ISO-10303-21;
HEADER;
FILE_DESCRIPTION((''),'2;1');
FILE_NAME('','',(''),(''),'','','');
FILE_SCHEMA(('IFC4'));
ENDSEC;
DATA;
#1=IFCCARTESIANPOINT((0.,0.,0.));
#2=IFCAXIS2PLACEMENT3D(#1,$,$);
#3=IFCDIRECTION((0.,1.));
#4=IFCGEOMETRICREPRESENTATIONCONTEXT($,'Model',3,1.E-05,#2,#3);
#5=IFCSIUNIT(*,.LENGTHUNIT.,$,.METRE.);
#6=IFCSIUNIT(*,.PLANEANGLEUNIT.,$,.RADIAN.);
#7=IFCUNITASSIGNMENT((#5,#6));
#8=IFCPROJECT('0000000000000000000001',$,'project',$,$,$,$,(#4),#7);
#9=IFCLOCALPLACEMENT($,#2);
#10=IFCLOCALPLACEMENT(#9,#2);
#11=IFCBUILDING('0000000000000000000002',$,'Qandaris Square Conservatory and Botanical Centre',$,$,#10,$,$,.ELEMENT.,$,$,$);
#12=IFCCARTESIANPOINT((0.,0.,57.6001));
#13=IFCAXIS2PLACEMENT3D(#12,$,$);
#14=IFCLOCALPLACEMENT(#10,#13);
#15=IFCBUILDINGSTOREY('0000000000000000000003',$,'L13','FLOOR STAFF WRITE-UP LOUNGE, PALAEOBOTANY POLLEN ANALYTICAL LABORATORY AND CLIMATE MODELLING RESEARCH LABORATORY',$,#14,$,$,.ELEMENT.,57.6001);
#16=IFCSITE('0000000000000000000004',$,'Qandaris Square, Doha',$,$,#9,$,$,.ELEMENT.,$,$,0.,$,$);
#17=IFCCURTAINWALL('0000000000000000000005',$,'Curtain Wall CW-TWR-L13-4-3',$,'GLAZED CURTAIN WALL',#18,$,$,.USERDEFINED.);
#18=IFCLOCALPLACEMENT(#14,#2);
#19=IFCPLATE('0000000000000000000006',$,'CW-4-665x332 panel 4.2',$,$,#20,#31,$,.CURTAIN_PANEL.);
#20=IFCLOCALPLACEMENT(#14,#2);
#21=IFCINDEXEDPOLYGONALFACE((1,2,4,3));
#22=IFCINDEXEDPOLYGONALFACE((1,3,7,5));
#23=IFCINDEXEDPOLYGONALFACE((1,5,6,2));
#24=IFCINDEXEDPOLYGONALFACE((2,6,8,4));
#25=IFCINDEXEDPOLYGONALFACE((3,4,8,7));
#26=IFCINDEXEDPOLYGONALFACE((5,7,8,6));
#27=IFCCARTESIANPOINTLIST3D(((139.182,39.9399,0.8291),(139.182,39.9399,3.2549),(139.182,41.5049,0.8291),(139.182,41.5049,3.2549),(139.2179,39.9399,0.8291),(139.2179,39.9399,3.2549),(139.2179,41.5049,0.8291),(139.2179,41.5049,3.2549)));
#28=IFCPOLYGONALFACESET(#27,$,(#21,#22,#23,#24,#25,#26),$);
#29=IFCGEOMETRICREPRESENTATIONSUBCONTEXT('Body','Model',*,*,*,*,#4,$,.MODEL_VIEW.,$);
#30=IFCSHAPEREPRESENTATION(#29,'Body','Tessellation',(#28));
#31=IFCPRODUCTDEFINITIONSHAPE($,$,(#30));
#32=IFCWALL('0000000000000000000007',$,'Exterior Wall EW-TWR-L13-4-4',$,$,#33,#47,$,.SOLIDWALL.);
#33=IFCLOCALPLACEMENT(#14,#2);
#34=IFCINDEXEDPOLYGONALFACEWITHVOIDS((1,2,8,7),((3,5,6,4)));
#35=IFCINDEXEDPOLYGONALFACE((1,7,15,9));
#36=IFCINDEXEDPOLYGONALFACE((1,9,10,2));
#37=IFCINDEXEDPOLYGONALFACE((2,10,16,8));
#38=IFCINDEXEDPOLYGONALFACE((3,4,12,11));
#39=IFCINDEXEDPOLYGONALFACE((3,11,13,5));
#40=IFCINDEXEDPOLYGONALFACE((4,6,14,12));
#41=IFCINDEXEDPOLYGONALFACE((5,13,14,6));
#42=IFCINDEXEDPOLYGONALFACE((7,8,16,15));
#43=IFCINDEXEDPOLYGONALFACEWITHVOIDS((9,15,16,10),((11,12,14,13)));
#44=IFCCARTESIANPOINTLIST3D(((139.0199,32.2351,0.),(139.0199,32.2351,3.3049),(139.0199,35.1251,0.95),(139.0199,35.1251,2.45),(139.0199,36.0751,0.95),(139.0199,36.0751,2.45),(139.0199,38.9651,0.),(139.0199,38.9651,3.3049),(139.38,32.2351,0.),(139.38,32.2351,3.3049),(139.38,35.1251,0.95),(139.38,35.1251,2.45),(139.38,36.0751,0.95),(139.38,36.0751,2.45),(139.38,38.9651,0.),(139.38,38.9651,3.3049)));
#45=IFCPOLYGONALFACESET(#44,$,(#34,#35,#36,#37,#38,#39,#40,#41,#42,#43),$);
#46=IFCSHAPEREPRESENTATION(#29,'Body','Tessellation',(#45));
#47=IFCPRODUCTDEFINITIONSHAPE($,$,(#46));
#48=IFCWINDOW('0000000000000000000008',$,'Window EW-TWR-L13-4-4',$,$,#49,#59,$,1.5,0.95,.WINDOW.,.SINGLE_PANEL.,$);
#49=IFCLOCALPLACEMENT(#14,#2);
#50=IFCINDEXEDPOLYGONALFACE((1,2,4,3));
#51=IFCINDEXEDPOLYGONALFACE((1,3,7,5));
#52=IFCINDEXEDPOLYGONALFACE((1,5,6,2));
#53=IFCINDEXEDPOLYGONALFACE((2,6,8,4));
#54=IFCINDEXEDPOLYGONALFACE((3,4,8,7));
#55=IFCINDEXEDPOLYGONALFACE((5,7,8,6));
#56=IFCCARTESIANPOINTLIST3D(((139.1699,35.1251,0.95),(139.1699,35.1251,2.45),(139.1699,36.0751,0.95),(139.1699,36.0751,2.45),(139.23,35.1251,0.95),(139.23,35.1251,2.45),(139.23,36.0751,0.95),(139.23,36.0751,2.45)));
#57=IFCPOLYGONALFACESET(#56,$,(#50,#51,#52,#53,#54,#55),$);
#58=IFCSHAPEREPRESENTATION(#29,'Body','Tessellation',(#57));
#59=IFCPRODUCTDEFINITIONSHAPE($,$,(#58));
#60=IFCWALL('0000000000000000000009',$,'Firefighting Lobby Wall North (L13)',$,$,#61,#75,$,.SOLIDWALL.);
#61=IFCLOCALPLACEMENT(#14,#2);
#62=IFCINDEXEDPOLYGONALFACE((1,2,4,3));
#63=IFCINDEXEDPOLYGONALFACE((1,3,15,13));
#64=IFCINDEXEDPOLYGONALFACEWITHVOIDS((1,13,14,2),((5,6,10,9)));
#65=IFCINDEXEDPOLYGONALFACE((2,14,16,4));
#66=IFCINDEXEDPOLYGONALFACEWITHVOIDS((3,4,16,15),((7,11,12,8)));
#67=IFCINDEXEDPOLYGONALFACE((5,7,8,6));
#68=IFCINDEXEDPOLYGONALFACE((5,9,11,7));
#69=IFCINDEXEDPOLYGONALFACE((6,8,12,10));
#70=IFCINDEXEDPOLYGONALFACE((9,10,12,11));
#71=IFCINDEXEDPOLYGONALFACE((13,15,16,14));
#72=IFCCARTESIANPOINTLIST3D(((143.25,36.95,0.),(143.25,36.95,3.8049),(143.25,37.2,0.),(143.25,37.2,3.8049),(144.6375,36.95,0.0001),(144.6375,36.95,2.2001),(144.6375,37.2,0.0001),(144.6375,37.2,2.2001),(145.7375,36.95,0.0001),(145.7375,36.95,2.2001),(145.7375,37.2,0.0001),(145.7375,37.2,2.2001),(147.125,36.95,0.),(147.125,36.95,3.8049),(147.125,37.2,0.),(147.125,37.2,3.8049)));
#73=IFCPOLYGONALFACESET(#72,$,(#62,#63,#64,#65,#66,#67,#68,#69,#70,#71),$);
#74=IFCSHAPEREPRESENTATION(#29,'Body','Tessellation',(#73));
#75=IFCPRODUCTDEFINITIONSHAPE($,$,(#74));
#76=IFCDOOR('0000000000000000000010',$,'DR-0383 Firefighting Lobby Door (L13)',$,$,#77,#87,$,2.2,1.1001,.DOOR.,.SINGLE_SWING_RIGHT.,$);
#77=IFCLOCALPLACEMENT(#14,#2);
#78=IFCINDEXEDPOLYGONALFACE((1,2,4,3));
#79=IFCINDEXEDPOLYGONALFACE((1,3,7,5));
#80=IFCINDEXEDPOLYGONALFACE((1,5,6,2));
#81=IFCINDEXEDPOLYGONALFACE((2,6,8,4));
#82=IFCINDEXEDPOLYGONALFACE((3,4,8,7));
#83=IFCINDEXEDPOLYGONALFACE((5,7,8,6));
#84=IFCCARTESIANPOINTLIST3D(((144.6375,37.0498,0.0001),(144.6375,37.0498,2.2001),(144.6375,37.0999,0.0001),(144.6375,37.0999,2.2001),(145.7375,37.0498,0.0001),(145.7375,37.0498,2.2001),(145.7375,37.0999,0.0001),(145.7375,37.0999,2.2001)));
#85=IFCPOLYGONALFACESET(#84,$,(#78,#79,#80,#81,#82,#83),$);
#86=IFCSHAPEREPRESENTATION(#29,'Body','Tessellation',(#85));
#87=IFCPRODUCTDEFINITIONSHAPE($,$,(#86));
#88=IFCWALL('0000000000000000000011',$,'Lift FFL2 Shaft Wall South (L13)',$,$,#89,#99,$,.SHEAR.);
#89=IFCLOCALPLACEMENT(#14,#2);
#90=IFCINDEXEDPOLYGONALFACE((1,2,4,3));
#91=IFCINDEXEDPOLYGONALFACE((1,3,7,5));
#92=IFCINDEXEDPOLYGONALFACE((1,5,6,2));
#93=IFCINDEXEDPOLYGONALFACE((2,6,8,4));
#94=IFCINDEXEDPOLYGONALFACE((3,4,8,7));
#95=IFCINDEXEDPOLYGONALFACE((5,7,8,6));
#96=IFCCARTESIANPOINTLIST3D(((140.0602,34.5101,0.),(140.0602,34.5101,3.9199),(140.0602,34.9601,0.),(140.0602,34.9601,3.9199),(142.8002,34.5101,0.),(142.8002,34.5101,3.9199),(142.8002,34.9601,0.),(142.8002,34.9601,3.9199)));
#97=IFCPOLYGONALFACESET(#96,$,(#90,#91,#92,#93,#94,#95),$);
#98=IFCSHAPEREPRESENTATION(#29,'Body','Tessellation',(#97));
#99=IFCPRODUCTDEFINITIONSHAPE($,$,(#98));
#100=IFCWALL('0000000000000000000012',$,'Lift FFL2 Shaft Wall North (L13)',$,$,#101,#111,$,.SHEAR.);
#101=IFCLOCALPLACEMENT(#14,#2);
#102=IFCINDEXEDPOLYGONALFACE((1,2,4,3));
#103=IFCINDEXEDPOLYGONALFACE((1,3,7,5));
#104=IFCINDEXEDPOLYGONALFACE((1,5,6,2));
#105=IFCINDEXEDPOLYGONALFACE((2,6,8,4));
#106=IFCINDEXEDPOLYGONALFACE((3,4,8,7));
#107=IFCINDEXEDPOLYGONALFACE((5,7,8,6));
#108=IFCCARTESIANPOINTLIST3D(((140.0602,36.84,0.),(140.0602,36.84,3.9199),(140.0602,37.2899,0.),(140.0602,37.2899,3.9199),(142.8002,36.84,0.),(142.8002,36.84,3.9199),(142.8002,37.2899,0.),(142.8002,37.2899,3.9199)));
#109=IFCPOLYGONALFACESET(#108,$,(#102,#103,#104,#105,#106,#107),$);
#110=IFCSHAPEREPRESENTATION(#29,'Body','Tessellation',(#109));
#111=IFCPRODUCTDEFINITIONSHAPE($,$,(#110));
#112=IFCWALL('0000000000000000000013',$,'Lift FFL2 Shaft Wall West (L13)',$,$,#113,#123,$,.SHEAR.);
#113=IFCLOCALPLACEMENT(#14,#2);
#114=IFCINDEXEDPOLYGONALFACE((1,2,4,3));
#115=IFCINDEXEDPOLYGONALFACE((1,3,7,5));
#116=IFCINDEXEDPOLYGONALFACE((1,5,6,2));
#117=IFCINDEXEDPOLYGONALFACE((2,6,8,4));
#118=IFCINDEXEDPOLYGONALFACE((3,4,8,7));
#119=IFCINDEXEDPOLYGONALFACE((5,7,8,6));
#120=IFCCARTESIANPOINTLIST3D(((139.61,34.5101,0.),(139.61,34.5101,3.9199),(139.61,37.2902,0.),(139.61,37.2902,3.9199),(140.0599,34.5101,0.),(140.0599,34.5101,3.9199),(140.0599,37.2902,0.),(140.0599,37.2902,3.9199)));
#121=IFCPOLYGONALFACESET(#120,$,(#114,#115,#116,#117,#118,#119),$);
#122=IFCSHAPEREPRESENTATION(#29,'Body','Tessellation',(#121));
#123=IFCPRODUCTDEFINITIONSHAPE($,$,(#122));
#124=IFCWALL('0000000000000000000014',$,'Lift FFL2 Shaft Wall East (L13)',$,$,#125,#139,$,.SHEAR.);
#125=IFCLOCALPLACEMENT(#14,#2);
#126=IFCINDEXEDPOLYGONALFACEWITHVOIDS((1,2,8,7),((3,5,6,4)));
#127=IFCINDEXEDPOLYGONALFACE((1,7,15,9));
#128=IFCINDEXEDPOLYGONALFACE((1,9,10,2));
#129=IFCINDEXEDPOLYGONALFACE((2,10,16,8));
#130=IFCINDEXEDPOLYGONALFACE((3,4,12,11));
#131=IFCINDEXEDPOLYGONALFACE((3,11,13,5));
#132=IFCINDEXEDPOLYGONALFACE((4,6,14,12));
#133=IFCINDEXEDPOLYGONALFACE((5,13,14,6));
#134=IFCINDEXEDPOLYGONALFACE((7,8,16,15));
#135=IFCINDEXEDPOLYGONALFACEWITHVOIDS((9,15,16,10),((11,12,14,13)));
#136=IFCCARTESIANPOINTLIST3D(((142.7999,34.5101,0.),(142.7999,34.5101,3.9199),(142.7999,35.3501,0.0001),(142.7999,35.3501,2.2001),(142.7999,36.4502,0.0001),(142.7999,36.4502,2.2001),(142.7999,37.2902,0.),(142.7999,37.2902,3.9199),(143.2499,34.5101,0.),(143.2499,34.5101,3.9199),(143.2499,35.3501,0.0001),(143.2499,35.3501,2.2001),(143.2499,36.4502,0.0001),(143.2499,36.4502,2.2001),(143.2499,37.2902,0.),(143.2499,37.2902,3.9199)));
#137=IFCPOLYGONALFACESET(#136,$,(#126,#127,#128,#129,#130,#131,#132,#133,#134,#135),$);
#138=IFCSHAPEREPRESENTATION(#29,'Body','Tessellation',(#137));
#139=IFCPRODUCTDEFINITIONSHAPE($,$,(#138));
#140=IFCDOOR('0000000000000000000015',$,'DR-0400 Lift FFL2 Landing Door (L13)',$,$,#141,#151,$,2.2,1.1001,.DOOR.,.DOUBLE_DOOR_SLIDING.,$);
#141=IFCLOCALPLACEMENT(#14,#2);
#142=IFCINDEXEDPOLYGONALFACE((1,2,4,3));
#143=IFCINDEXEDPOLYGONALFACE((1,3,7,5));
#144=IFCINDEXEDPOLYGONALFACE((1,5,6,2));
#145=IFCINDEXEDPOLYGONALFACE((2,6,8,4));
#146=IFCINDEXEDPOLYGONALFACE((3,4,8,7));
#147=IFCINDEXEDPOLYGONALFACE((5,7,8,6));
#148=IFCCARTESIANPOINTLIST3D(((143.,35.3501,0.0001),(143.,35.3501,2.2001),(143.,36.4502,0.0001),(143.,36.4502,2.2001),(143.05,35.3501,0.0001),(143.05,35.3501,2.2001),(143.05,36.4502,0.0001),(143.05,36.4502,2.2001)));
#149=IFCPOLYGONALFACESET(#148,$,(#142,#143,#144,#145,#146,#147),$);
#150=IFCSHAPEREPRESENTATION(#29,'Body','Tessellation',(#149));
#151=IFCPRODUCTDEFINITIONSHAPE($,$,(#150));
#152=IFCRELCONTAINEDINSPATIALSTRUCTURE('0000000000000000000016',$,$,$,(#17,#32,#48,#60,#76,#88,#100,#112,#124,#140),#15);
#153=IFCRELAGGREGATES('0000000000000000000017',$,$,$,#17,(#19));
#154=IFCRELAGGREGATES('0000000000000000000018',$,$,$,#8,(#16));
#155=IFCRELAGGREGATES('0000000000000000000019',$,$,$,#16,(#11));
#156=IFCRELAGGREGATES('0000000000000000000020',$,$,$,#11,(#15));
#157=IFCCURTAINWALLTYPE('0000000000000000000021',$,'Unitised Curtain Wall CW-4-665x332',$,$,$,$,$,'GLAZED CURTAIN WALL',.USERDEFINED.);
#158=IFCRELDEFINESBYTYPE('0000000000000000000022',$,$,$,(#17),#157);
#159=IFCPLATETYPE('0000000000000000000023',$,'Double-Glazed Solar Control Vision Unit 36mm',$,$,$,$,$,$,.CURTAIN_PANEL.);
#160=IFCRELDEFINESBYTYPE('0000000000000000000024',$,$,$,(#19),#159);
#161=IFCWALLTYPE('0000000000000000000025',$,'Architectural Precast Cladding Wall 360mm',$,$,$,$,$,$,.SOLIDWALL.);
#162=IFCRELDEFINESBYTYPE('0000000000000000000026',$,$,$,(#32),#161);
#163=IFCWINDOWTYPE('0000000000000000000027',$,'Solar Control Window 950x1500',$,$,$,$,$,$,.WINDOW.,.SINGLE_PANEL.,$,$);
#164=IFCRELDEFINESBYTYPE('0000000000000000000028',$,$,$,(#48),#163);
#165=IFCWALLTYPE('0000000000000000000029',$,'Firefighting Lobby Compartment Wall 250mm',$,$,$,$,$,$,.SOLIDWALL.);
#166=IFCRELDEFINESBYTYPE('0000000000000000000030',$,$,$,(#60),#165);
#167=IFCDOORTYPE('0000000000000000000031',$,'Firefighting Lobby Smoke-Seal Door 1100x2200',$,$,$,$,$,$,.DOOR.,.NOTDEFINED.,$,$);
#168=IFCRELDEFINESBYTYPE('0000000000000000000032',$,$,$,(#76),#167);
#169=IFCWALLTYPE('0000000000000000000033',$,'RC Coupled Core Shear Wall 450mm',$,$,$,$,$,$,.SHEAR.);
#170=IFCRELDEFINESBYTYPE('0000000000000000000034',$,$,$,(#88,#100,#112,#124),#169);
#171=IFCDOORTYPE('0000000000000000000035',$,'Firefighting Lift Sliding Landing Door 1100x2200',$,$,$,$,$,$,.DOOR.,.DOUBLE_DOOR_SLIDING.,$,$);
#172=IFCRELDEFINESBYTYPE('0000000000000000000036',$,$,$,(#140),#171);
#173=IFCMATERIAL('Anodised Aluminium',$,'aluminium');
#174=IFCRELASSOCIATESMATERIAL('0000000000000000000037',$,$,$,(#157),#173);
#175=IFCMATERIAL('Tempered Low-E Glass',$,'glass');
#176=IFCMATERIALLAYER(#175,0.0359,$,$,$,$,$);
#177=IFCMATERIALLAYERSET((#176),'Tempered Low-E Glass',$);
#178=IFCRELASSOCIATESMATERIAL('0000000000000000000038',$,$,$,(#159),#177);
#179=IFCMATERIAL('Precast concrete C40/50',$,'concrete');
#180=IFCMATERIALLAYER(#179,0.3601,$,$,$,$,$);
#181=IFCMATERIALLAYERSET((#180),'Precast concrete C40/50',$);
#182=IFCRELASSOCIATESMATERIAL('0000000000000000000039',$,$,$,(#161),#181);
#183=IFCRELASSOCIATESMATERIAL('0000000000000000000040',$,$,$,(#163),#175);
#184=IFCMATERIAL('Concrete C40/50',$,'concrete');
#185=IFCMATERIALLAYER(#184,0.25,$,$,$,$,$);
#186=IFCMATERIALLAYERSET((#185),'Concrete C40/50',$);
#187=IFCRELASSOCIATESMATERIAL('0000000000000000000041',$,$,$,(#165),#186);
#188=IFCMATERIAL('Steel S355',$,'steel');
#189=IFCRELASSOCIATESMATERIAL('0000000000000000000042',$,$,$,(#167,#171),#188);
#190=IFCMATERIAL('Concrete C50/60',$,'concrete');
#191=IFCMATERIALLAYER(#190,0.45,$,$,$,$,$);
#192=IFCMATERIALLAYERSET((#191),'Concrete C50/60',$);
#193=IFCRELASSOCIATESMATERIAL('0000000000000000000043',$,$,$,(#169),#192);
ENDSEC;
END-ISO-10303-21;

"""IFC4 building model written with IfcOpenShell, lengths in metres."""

from ifc_helpers import new_model, si_unit, direction, frame, frame_2d, origin, origin_2d, place, context, subcontext, project, spatial, rectangle, extrude, material, layer, layer_set, type_object, element, fill, aggregate, save


model = new_model("IFC4")

# Units and contexts
model_context = context("Model", 3, precision=1e-05, world=origin(), true_north=direction((0.0, 1.0)))
body_context = subcontext(model_context, "Body", "Model", "MODEL_VIEW")
ifc_project = project(units=[si_unit("LENGTHUNIT", "METRE"), si_unit("PLANEANGLEUNIT", "RADIAN")], contexts=[model_context])

# Site, building, storey
site_placement = place(None, origin())
site = spatial("IfcSite", under=ifc_project, at=site_placement, Name="Qandaris Square, Doha", CompositionType="ELEMENT", RefElevation=0.0)
building_placement = place(site_placement, origin())
building = spatial("IfcBuilding", under=site, at=building_placement, Name="Qandaris Square Conservatory and Botanical Centre", CompositionType="ELEMENT")
storey_placement = place(building_placement, frame((0.0, 0.0, 57.6001)))
storey = spatial("IfcBuildingStorey", under=building, at=storey_placement, Name="L13", Description="FLOOR STAFF WRITE-UP LOUNGE, PALAEOBOTANY POLLEN ANALYTICAL LABORATORY AND CLIMATE MODELLING RESEARCH LABORATORY", CompositionType="ELEMENT", Elevation=57.6001)

# Shared definitions
ifc_material_1 = material(Name="Steel S355", Category="steel")

# Curtain wall
ifc_material_2 = material(Name="Anodised Aluminium", Category="aluminium")
curtain_wall_type = type_object("IfcCurtainWallType", Name="Unitised Curtain Wall CW-4-665x332", ElementType="GLAZED CURTAIN WALL", PredefinedType="USERDEFINED", material=ifc_material_2)
curtain_wall_placement = place(storey_placement, origin())
curtain_wall = element("IfcCurtainWall", 1, at=curtain_wall_placement, inside=storey, type_object=curtain_wall_type, Name="Curtain Wall CW-TWR-L13-4-3", ObjectType="GLAZED CURTAIN WALL", PredefinedType="USERDEFINED")

# Shared definitions
ifc_material_3 = material(Name="Concrete C50/60", Category="concrete")

# Plate
ifc_material_4 = material(Name="Tempered Low-E Glass", Category="glass")
ifc_layer_1 = layer(ifc_material_4, 0.0359)
ifc_layer_set_1 = layer_set([ifc_layer_1], Name="Tempered Low-E Glass")
plate_type = type_object("IfcPlateType", Name="Double-Glazed Solar Control Vision Unit 36mm", PredefinedType="CURTAIN_PANEL", material=ifc_layer_set_1)
plate_1_placement = place(storey_placement, frame((139.2, 40.7224, 0.8291), z_axis=(0.0, 0.0, 1.0), x_axis=(0.0, -1.0, 0.0)))
plate_1 = element("IfcPlate", 2, at=plate_1_placement, type_object=plate_type, Name="CW-4-665x332 panel 4.2", PredefinedType="CURTAIN_PANEL", context=body_context, shape_type="SweptSolid", body=[
    extrude(rectangle(XDim=1.5649, YDim=0.0359, at=origin_2d()), origin(), (0.0, 0.0, 1.0), 2.4258),
])
aggregate(curtain_wall, [plate_1])

# Wall, opening, window
ifc_material_5 = material(Name="Precast concrete C40/50", Category="concrete")
ifc_layer_2 = layer(ifc_material_5, 0.3601)
ifc_layer_set_2 = layer_set([ifc_layer_2], Name="Precast concrete C40/50")
wall_type_1 = type_object("IfcWallType", Name="Architectural Precast Cladding Wall 360mm", PredefinedType="SOLIDWALL", material=ifc_layer_set_2)
wall_1_placement = place(storey_placement, frame((139.2, 38.9651, 0.0), z_axis=(0.0, 0.0, 1.0), x_axis=(0.0, -1.0, 0.0)))
wall_1 = element("IfcWall", 3, at=wall_1_placement, inside=storey, type_object=wall_type_1, Name="Exterior Wall EW-TWR-L13-4-4", PredefinedType="SOLIDWALL", context=body_context, shape_type="SweptSolid", body=[
    extrude(rectangle(XDim=6.73, YDim=0.3601, at=frame_2d((3.365, 0.0))), origin(), (0.0, 0.0, 1.0), 3.3049),
])
opening_1_placement = place(wall_1_placement, frame((2.8899, 0.0, 0.95)))
opening_1 = element("IfcOpeningElement", 4, at=opening_1_placement, cuts=wall_1, PredefinedType="OPENING", context=body_context, shape_type="SweptSolid", body=[
    extrude(rectangle(XDim=0.95, YDim=1.5, at=frame_2d((0.4751, 0.75))), frame((0.0, 0.1919, 0.0), z_axis=(0.0, -1.0, 0.0), x_axis=(1.0, 0.0, 0.0)), (0.0, 0.0, 1.0), 0.384),
])
window_type = type_object("IfcWindowType", Name="Solar Control Window 950x1500", PartitioningType="SINGLE_PANEL", PredefinedType="WINDOW", material=ifc_material_4)
window_placement = place(opening_1_placement, origin())
window = element("IfcWindow", 5, at=window_placement, inside=storey, type_object=window_type, Name="Window EW-TWR-L13-4-4", OverallHeight=1.5, OverallWidth=0.95, PartitioningType="SINGLE_PANEL", PredefinedType="WINDOW", context=body_context, shape_type="SweptSolid", body=[
    extrude(rectangle(XDim=0.95, YDim=1.5, at=frame_2d((0.4751, 0.75))), frame((0.0, 0.03, 0.0), z_axis=(0.0, -1.0, 0.0), x_axis=(1.0, 0.0, 0.0)), (0.0, 0.0, 1.0), 0.0601),
])
fill(opening_1, window)

# Wall, opening, door
ifc_material_6 = material(Name="Concrete C40/50", Category="concrete")
ifc_layer_3 = layer(ifc_material_6, 0.25)
ifc_layer_set_3 = layer_set([ifc_layer_3], Name="Concrete C40/50")
wall_type_2 = type_object("IfcWallType", Name="Firefighting Lobby Compartment Wall 250mm", PredefinedType="SOLIDWALL", material=ifc_layer_set_3)
wall_2_placement = place(storey_placement, frame((143.25, 37.075, 0.0), z_axis=(0.0, 0.0, 1.0), x_axis=(1.0, 0.0, 0.0)))
wall_2 = element("IfcWall", 6, at=wall_2_placement, inside=storey, type_object=wall_type_2, Name="Firefighting Lobby Wall North (L13)", PredefinedType="SOLIDWALL", context=body_context, shape_type="SweptSolid", body=[
    extrude(rectangle(XDim=3.875, YDim=0.25, at=frame_2d((1.9375, 0.0))), origin(), (0.0, 0.0, 1.0), 3.8049),
])
opening_2_placement = place(wall_2_placement, frame((1.3875, 0.0, 0.0)))
opening_2 = element("IfcOpeningElement", 7, at=opening_2_placement, cuts=wall_2, PredefinedType="OPENING", context=body_context, shape_type="SweptSolid", body=[
    extrude(rectangle(XDim=1.1001, YDim=2.2, at=frame_2d((0.55, 1.1001))), frame((0.0, 0.137, 0.0), z_axis=(0.0, -1.0, 0.0), x_axis=(1.0, 0.0, 0.0)), (0.0, 0.0, 1.0), 0.2739),
])
door_type_1 = type_object("IfcDoorType", Name="Firefighting Lobby Smoke-Seal Door 1100x2200", OperationType="NOTDEFINED", PredefinedType="DOOR", material=ifc_material_1)
door_1_placement = place(opening_2_placement, origin())
door_1 = element("IfcDoor", 8, at=door_1_placement, inside=storey, type_object=door_type_1, Name="DR-0383 Firefighting Lobby Door (L13)", OperationType="SINGLE_SWING_RIGHT", OverallHeight=2.2, OverallWidth=1.1001, PredefinedType="DOOR", context=body_context, shape_type="SweptSolid", body=[
    extrude(rectangle(XDim=1.1001, YDim=2.2, at=frame_2d((0.55, 1.1001))), frame((0.0, 0.0249, 0.0), z_axis=(0.0, -1.0, 0.0), x_axis=(1.0, 0.0, 0.0)), (0.0, 0.0, 1.0), 0.05),
])
fill(opening_2, door_1)

# Walls
ifc_layer_4 = layer(ifc_material_3, 0.45)
ifc_layer_set_4 = layer_set([ifc_layer_4], Name="Concrete C50/60")
wall_type_3 = type_object("IfcWallType", Name="RC Coupled Core Shear Wall 450mm", PredefinedType="SHEAR", material=ifc_layer_set_4)
for number, where, z_axis, x_axis, name in (
    (9, (140.0601, 34.7351, 0.0), (0.0, 0.0, 1.0), (1.0, 0.0, 0.0), "Lift FFL2 Shaft Wall South (L13)"),
    (10, (140.0601, 37.0649, 0.0), (0.0, 0.0, 1.0), (1.0, 0.0, 0.0), "Lift FFL2 Shaft Wall North (L13)"),
):
    element("IfcWall", number, at=place(storey_placement, frame(where, z_axis=z_axis, x_axis=x_axis)), inside=storey, type_object=wall_type_3, Name=name, PredefinedType="SHEAR", context=body_context, shape_type="SweptSolid", body=[
        extrude(rectangle(XDim=2.74, YDim=0.45, at=frame_2d((1.3701, 0.0))), origin(), (0.0, 0.0, 1.0), 3.9199),
    ])
wall_3_placement = place(storey_placement, frame((139.835, 34.51, 0.0), z_axis=(0.0, 0.0, 1.0), x_axis=(0.0, 1.0, 0.0)))
element("IfcWall", 11, at=wall_3_placement, inside=storey, type_object=wall_type_3, Name="Lift FFL2 Shaft Wall West (L13)", PredefinedType="SHEAR", context=body_context, shape_type="SweptSolid", body=[
    extrude(rectangle(XDim=2.78, YDim=0.45, at=frame_2d((1.3901, 0.0))), origin(), (0.0, 0.0, 1.0), 3.9199),
])

# Wall, opening, door
wall_4_placement = place(storey_placement, frame((143.0249, 34.51, 0.0), z_axis=(0.0, 0.0, 1.0), x_axis=(0.0, 1.0, 0.0)))
wall_4 = element("IfcWall", 12, at=wall_4_placement, inside=storey, type_object=wall_type_3, Name="Lift FFL2 Shaft Wall East (L13)", PredefinedType="SHEAR", context=body_context, shape_type="SweptSolid", body=[
    extrude(rectangle(XDim=2.78, YDim=0.45, at=frame_2d((1.3901, 0.0))), origin(), (0.0, 0.0, 1.0), 3.9199),
])
opening_3_placement = place(wall_4_placement, frame((0.8401, 0.0, 0.0)))
opening_3 = element("IfcOpeningElement", 13, at=opening_3_placement, cuts=wall_4, PredefinedType="OPENING", context=body_context, shape_type="SweptSolid", body=[
    extrude(rectangle(XDim=1.1001, YDim=2.2, at=frame_2d((0.55, 1.1001))), frame((0.0, 0.2368, 0.0), z_axis=(0.0, -1.0, 0.0), x_axis=(1.0, 0.0, 0.0)), (0.0, 0.0, 1.0), 0.4739),
])
door_type_2 = type_object("IfcDoorType", Name="Firefighting Lift Sliding Landing Door 1100x2200", OperationType="DOUBLE_DOOR_SLIDING", PredefinedType="DOOR", material=ifc_material_1)
door_2_placement = place(opening_3_placement, origin())
door_2 = element("IfcDoor", 14, at=door_2_placement, inside=storey, type_object=door_type_2, Name="DR-0400 Lift FFL2 Landing Door (L13)", OperationType="DOUBLE_DOOR_SLIDING", OverallHeight=2.2, OverallWidth=1.1001, PredefinedType="DOOR", context=body_context, shape_type="SweptSolid", body=[
    extrude(rectangle(XDim=1.1001, YDim=2.2, at=frame_2d((0.55, 1.1001))), frame((0.0, 0.0249, 0.0), z_axis=(0.0, -1.0, 0.0), x_axis=(1.0, 0.0, 0.0)), (0.0, 0.0, 1.0), 0.05),
])
fill(opening_3, door_2)

save(model, "model.ifc")
